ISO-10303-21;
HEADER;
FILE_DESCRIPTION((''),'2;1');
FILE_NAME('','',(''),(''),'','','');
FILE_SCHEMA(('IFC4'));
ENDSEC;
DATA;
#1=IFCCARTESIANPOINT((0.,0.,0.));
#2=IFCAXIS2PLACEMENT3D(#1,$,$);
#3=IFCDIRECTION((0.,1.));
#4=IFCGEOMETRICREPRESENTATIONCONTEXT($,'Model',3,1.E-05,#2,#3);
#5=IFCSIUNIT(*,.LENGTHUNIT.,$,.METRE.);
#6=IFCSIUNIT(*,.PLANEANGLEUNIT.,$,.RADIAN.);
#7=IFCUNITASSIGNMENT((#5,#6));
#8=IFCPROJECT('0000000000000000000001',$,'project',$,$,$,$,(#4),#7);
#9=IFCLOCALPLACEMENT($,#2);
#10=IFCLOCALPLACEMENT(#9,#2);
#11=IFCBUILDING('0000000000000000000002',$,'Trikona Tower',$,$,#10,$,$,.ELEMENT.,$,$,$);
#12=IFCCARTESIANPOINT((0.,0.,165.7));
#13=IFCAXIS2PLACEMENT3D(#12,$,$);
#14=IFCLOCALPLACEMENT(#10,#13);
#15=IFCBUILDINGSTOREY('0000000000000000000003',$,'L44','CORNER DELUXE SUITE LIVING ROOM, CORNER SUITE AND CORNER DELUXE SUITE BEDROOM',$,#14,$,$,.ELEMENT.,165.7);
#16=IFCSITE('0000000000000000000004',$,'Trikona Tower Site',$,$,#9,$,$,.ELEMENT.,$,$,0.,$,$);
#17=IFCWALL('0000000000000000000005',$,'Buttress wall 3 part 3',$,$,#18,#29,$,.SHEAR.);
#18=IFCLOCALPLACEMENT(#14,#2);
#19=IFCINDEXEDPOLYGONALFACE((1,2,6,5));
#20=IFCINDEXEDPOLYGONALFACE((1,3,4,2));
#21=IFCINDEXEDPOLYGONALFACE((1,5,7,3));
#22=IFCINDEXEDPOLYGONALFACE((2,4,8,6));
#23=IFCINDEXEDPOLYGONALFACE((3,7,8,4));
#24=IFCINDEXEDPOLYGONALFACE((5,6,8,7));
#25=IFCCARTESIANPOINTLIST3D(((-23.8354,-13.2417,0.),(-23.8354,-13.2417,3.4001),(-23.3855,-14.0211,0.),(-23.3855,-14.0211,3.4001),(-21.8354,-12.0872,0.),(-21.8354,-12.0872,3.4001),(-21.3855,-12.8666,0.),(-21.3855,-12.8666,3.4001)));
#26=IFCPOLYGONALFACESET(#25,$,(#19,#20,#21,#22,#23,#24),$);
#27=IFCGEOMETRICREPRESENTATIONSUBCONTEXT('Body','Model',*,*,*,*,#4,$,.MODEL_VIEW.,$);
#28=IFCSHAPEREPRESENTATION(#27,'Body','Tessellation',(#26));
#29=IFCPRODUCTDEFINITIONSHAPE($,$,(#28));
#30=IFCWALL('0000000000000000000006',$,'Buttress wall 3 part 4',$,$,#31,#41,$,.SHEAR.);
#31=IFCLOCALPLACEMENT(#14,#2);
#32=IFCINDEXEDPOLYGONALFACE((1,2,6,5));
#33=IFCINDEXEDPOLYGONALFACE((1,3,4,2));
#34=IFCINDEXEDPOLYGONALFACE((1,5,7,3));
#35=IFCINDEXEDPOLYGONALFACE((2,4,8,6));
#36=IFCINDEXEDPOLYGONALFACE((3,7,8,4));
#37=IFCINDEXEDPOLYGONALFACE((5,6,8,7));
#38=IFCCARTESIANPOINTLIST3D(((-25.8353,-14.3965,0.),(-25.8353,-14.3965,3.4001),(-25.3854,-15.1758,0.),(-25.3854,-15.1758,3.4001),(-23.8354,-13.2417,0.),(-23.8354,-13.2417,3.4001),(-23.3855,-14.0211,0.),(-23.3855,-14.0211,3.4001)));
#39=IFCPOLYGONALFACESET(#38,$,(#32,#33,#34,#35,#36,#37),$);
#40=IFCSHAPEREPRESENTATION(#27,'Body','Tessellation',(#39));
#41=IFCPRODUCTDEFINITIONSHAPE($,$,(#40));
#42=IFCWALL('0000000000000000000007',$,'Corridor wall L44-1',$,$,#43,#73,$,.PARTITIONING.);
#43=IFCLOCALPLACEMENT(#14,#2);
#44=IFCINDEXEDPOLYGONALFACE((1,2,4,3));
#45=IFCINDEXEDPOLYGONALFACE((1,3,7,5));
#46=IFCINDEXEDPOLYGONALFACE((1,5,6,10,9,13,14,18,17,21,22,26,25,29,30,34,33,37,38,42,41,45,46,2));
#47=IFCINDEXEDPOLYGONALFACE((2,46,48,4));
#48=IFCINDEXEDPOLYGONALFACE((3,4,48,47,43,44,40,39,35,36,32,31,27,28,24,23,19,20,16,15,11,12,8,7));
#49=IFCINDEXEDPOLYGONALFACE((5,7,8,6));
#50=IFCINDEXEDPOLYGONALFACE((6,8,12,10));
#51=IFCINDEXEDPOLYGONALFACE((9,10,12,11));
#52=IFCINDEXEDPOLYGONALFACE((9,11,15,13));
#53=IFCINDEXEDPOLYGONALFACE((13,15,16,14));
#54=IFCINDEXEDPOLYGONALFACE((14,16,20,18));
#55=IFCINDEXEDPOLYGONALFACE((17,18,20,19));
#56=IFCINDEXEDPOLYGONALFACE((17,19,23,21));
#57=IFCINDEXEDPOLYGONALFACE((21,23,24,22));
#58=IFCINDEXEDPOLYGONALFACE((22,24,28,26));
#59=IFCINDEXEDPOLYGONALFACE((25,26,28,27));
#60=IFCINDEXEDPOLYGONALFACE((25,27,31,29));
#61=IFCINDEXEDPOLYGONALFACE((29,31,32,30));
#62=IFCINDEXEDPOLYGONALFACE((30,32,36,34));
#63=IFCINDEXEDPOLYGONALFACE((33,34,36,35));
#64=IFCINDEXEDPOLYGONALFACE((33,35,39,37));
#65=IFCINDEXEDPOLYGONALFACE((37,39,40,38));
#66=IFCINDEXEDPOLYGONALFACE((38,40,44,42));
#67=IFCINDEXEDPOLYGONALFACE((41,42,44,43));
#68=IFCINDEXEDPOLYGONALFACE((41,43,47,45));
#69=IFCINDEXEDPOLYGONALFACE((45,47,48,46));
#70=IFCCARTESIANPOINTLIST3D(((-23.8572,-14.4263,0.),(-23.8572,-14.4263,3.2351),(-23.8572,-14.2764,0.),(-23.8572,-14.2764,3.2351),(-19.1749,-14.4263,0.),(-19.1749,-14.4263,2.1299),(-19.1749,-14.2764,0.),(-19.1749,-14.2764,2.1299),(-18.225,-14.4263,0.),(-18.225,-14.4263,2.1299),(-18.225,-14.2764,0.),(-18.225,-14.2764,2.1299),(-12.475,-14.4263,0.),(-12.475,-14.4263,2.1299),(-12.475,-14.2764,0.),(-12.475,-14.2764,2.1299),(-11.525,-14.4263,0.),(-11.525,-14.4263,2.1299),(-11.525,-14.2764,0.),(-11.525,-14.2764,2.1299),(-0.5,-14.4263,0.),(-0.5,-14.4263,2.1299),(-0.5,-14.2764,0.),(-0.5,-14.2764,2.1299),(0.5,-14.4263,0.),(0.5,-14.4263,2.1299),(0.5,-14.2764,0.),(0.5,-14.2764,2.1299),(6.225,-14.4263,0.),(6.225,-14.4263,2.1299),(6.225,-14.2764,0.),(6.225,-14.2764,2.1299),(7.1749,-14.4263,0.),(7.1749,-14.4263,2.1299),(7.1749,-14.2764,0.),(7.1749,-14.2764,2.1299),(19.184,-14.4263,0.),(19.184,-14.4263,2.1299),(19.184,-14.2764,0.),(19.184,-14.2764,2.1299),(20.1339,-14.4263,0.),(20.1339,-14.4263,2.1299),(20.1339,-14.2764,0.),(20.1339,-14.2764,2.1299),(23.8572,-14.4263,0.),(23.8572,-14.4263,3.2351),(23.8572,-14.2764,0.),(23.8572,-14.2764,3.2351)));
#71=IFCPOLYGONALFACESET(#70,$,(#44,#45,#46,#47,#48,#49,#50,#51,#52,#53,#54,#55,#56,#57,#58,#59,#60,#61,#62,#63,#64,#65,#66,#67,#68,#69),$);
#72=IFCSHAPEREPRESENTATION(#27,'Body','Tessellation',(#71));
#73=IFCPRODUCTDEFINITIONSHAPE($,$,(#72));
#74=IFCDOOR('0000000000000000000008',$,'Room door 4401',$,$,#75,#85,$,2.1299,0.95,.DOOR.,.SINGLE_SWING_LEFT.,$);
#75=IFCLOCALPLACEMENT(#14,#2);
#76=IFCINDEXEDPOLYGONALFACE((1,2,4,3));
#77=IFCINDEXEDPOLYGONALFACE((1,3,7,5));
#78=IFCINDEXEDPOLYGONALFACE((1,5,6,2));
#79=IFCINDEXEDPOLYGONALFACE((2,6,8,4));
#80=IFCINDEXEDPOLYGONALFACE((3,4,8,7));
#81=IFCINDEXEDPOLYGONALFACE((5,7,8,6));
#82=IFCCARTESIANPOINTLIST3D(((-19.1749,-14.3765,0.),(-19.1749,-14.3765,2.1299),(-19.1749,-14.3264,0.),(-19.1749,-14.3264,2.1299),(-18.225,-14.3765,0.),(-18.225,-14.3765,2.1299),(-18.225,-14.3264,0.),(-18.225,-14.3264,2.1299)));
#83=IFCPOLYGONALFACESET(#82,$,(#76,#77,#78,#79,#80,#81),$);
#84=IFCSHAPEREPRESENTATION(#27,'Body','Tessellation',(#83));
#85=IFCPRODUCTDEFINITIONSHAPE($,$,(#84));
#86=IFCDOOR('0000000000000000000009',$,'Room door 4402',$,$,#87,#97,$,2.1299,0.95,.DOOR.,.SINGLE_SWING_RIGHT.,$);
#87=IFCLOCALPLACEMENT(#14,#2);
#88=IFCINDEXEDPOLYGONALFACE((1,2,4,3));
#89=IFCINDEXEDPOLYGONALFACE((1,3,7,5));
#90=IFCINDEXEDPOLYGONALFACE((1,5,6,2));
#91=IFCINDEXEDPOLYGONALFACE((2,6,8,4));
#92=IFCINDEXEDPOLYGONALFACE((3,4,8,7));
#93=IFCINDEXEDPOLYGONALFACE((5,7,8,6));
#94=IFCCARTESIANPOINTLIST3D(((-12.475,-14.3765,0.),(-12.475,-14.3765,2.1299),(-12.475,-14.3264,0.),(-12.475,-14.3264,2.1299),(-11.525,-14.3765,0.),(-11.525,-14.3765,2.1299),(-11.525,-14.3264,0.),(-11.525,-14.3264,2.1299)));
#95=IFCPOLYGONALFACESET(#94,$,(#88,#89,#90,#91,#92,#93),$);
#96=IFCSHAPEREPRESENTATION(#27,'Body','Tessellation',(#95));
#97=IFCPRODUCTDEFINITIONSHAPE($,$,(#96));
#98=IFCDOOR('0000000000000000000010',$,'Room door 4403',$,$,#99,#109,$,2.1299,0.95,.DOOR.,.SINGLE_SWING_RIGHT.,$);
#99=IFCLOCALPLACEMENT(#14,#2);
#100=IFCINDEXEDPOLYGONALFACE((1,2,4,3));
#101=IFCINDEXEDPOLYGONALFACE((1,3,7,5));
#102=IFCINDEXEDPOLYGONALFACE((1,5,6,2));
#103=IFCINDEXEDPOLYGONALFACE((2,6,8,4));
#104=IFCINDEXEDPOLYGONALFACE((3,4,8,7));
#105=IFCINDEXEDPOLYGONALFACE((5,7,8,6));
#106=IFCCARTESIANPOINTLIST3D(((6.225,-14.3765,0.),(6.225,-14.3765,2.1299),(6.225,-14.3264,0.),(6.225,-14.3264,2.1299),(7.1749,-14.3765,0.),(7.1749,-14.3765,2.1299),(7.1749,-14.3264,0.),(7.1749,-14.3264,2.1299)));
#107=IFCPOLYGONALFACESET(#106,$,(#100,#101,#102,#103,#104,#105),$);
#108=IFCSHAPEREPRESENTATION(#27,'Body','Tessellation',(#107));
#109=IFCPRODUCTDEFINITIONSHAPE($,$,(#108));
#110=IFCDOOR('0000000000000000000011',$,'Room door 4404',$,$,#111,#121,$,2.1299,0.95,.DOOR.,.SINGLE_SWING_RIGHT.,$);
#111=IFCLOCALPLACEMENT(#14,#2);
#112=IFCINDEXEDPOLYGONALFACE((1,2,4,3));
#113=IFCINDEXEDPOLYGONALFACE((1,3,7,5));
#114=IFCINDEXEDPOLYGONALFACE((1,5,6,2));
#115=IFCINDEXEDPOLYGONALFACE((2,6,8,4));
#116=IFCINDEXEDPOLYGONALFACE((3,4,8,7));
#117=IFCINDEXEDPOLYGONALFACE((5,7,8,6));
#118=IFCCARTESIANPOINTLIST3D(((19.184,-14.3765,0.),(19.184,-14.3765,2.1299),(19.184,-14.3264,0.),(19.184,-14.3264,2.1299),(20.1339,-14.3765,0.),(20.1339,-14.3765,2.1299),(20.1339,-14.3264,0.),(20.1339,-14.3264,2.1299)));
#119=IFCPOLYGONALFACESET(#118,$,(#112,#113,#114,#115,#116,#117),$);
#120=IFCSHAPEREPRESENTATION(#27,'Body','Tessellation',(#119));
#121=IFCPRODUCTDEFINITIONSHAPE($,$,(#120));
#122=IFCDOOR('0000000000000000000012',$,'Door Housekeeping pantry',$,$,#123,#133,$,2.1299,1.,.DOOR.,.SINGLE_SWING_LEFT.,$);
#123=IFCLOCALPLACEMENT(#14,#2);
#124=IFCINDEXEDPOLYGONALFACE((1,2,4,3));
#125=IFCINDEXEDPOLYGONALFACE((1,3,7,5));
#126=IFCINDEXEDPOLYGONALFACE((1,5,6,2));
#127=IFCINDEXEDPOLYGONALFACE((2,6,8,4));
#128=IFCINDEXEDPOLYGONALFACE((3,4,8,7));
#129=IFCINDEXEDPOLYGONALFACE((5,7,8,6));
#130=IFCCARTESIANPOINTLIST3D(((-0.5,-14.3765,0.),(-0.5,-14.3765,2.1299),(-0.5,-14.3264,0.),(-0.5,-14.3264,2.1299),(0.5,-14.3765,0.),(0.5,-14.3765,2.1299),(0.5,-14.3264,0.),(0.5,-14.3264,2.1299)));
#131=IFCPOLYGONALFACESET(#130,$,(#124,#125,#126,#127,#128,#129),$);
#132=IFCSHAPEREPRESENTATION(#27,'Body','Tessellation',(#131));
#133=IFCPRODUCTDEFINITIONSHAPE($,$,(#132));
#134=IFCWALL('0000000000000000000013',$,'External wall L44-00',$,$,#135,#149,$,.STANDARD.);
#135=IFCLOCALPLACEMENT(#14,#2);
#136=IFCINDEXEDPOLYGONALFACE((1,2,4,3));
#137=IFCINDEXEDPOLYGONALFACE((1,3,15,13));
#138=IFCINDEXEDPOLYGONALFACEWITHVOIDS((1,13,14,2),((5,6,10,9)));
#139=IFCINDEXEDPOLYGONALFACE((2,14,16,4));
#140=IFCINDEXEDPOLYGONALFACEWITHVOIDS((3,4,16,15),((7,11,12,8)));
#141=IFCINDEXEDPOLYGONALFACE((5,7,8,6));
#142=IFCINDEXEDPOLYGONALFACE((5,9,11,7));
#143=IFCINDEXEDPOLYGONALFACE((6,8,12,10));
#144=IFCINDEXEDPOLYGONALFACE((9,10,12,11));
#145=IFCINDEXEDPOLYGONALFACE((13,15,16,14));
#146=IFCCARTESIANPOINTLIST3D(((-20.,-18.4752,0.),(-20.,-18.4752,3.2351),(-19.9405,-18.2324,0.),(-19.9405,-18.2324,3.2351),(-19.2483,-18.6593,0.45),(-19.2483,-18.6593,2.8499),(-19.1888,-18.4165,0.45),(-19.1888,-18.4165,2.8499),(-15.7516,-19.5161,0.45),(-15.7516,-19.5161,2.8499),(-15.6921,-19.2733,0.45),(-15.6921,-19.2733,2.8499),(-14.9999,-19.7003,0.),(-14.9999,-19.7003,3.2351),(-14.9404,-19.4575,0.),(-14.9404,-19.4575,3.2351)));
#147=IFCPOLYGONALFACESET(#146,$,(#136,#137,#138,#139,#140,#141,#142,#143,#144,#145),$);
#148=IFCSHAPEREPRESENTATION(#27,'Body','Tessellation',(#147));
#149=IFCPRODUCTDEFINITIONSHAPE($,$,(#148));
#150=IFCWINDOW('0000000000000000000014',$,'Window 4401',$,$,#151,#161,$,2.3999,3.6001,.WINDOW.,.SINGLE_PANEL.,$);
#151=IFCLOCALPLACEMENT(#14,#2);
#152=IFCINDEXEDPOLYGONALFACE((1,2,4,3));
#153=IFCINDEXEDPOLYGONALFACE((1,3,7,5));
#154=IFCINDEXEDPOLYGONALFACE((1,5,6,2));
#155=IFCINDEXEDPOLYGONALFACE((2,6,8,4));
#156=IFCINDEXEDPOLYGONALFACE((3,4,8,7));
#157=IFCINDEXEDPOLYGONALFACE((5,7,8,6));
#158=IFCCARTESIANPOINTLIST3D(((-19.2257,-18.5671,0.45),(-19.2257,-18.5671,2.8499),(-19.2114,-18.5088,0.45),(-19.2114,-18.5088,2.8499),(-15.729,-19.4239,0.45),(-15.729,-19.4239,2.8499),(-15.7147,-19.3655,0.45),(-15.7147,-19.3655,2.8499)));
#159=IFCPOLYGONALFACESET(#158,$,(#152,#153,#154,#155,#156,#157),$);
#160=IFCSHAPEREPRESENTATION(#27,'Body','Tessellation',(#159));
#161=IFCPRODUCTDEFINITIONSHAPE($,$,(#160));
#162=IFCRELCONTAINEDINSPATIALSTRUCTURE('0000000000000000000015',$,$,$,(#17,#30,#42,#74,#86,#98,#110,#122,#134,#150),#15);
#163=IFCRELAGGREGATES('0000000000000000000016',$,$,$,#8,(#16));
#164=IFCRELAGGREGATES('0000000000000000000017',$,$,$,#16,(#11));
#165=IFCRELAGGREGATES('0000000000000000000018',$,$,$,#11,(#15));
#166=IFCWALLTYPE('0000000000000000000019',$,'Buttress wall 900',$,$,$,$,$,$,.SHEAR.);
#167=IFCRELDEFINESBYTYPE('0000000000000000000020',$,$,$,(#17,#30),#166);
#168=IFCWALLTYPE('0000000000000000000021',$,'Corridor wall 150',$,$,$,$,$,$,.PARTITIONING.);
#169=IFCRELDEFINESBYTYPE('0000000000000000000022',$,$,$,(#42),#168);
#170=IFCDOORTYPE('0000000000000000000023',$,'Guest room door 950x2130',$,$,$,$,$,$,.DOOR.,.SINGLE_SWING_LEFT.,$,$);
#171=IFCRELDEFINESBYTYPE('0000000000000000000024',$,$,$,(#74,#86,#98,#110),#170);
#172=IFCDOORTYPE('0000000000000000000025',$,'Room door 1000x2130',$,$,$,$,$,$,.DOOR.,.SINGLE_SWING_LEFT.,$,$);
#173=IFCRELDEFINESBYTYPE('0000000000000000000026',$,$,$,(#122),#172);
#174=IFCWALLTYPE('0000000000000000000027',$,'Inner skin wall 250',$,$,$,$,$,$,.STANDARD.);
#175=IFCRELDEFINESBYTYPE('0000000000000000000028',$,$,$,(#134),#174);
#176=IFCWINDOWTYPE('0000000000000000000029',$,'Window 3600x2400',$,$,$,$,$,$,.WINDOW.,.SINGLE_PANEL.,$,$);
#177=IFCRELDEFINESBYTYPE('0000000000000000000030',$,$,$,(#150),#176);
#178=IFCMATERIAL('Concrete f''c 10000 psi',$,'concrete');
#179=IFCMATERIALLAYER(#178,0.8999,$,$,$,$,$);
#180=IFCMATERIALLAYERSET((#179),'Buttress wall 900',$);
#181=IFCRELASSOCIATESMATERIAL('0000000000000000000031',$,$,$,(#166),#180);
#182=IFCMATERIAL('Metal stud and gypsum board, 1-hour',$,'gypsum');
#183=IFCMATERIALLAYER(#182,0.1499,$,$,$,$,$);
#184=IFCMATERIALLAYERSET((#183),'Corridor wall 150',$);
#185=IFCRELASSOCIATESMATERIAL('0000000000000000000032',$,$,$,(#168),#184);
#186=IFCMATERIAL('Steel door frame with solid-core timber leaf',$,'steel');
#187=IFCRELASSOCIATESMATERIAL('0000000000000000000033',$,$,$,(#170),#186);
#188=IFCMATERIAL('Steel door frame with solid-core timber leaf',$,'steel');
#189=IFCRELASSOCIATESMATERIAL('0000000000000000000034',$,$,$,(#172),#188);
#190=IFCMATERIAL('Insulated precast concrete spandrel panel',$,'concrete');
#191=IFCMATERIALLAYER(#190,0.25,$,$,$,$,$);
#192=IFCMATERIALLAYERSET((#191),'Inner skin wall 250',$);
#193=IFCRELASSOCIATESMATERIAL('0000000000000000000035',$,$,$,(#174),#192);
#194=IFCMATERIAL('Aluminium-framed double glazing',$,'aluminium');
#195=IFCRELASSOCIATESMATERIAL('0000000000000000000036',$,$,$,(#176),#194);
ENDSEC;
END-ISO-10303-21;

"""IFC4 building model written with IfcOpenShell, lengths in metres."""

from ifc_helpers import new_model, si_unit, direction, frame, frame_2d, origin, place, context, subcontext, project, spatial, rectangle, extrude, material, layer, layer_set, type_object, element, fill, save


model = new_model("IFC4")

# Units and contexts
model_context = context("Model", 3, precision=1e-05, world=origin(), true_north=direction((0.0, 1.0)))
body_context = subcontext(model_context, "Body", "Model", "MODEL_VIEW")
ifc_project = project(units=[si_unit("LENGTHUNIT", "METRE"), si_unit("PLANEANGLEUNIT", "RADIAN")], contexts=[model_context])

# Site, building, storey
site_placement = place(None, origin())
site = spatial("IfcSite", under=ifc_project, at=site_placement, Name="Trikona Tower Site", CompositionType="ELEMENT", RefElevation=0.0)
building_placement = place(site_placement, origin())
building = spatial("IfcBuilding", under=site, at=building_placement, Name="Trikona Tower", CompositionType="ELEMENT")
storey_placement = place(building_placement, frame((0.0, 0.0, 165.7)))
storey = spatial("IfcBuildingStorey", under=building, at=storey_placement, Name="L44", Description="CORNER DELUXE SUITE LIVING ROOM, CORNER SUITE AND CORNER DELUXE SUITE BEDROOM", CompositionType="ELEMENT", Elevation=165.7)

# Walls
ifc_material_1 = material(Name="Concrete f'c 10000 psi", Category="concrete")
ifc_layer_1 = layer(ifc_material_1, 0.8999)
ifc_layer_set_1 = layer_set([ifc_layer_1], Name="Buttress wall 900")
wall_type_1 = type_object("IfcWallType", Name="Buttress wall 900", PredefinedType="SHEAR", material=ifc_layer_set_1)
for number, where, z_axis, x_axis, name in (
    (1, (-21.6104, -12.4768, 0.0), (0.0, 0.0, 1.0), (-0.866055, -0.499948, 0.0), "Buttress wall 3 part 3"),
    (2, (-23.6104, -13.6313, 0.0), (0.0, 0.0, 1.0), (-0.86601, -0.500027, 0.0), "Buttress wall 3 part 4"),
):
    element("IfcWall", number, at=place(storey_placement, frame(where, z_axis=z_axis, x_axis=x_axis)), inside=storey, type_object=wall_type_1, Name=name, PredefinedType="SHEAR", context=body_context, shape_type="SweptSolid", body=[
        extrude(rectangle(XDim=2.3093, YDim=0.8999, at=frame_2d((1.1548, 0.0))), origin(), (0.0, 0.0, 1.0), 3.4001),
    ])

# Wall, openings, doors
ifc_material_2 = material(Name="Metal stud and gypsum board, 1-hour", Category="gypsum")
ifc_layer_2 = layer(ifc_material_2, 0.1499)
ifc_layer_set_2 = layer_set([ifc_layer_2], Name="Corridor wall 150")
wall_type_2 = type_object("IfcWallType", Name="Corridor wall 150", PredefinedType="PARTITIONING", material=ifc_layer_set_2)
wall_1_placement = place(storey_placement, frame((-23.8572, -14.3513, 0.0), z_axis=(0.0, 0.0, 1.0), x_axis=(1.0, 0.0, 0.0)))
wall_1 = element("IfcWall", 3, at=wall_1_placement, inside=storey, type_object=wall_type_2, Name="Corridor wall L44-1", PredefinedType="PARTITIONING", context=body_context, shape_type="SweptSolid", body=[
    extrude(rectangle(XDim=47.7144, YDim=0.1499, at=frame_2d((23.8572, 0.0))), origin(), (0.0, 0.0, 1.0), 3.2351),
])
opening_1_placement = place(wall_1_placement, frame((4.6821, 0.0, 0.0)))
opening_1 = element("IfcOpeningElement", 4, at=opening_1_placement, cuts=wall_1, PredefinedType="OPENING", context=body_context, shape_type="SweptSolid", body=[
    extrude(rectangle(XDim=0.95, YDim=2.1299, at=frame_2d((0.4751, 1.0649))), frame((0.0, 0.085, 0.0), z_axis=(0.0, -1.0, 0.0), x_axis=(1.0, 0.0, 0.0)), (0.0, 0.0, 1.0), 0.1699),
])
opening_2_placement = place(wall_1_placement, frame((11.3821, 0.0, 0.0)))
opening_2 = element("IfcOpeningElement", 5, at=opening_2_placement, cuts=wall_1, PredefinedType="OPENING", context=body_context, shape_type="SweptSolid", body=[
    extrude(rectangle(XDim=0.95, YDim=2.1299, at=frame_2d((0.4751, 1.0649))), frame((0.0, 0.085, 0.0), z_axis=(0.0, -1.0, 0.0), x_axis=(1.0, 0.0, 0.0)), (0.0, 0.0, 1.0), 0.1699),
])
opening_3_placement = place(wall_1_placement, frame((23.3572, 0.0, 0.0)))
opening_3 = element("IfcOpeningElement", 6, at=opening_3_placement, cuts=wall_1, PredefinedType="OPENING", context=body_context, shape_type="SweptSolid", body=[
    extrude(rectangle(XDim=1.0, YDim=2.1299, at=frame_2d((0.5, 1.0649))), frame((0.0, 0.085, 0.0), z_axis=(0.0, -1.0, 0.0), x_axis=(1.0, 0.0, 0.0)), (0.0, 0.0, 1.0), 0.1699),
])
opening_4_placement = place(wall_1_placement, frame((30.082, 0.0, 0.0)))
opening_4 = element("IfcOpeningElement", 7, at=opening_4_placement, cuts=wall_1, PredefinedType="OPENING", context=body_context, shape_type="SweptSolid", body=[
    extrude(rectangle(XDim=0.95, YDim=2.1299, at=frame_2d((0.4751, 1.0649))), frame((0.0, 0.085, 0.0), z_axis=(0.0, -1.0, 0.0), x_axis=(1.0, 0.0, 0.0)), (0.0, 0.0, 1.0), 0.1699),
])
opening_5_placement = place(wall_1_placement, frame((43.041, 0.0, 0.0)))
opening_5 = element("IfcOpeningElement", 8, at=opening_5_placement, cuts=wall_1, PredefinedType="OPENING", context=body_context, shape_type="SweptSolid", body=[
    extrude(rectangle(XDim=0.95, YDim=2.1299, at=frame_2d((0.4751, 1.0649))), frame((0.0, 0.085, 0.0), z_axis=(0.0, -1.0, 0.0), x_axis=(1.0, 0.0, 0.0)), (0.0, 0.0, 1.0), 0.1699),
])
ifc_material_3 = material(Name="Steel door frame with solid-core timber leaf", Category="steel")
door_type_1 = type_object("IfcDoorType", Name="Guest room door 950x2130", OperationType="SINGLE_SWING_LEFT", PredefinedType="DOOR", material=ifc_material_3)
door_1_placement = place(opening_1_placement, origin())
door_1 = element("IfcDoor", 9, at=door_1_placement, inside=storey, type_object=door_type_1, Name="Room door 4401", OperationType="SINGLE_SWING_LEFT", OverallHeight=2.1299, OverallWidth=0.95, PredefinedType="DOOR", context=body_context, shape_type="SweptSolid", body=[
    extrude(rectangle(XDim=0.95, YDim=2.1299, at=frame_2d((0.4751, 1.0649))), frame((0.0, 0.0249, 0.0), z_axis=(0.0, -1.0, 0.0), x_axis=(1.0, 0.0, 0.0)), (0.0, 0.0, 1.0), 0.05),
])
fill(opening_1, door_1)
door_2_placement = place(opening_2_placement, origin())
door_2 = element("IfcDoor", 10, at=door_2_placement, inside=storey, type_object=door_type_1, Name="Room door 4402", OperationType="SINGLE_SWING_RIGHT", OverallHeight=2.1299, OverallWidth=0.95, PredefinedType="DOOR", context=body_context, shape_type="SweptSolid", body=[
    extrude(rectangle(XDim=0.95, YDim=2.1299, at=frame_2d((0.4751, 1.0649))), frame((0.0, 0.0249, 0.0), z_axis=(0.0, -1.0, 0.0), x_axis=(1.0, 0.0, 0.0)), (0.0, 0.0, 1.0), 0.05),
])
fill(opening_2, door_2)
door_3_placement = place(opening_4_placement, origin())
door_3 = element("IfcDoor", 11, at=door_3_placement, inside=storey, type_object=door_type_1, Name="Room door 4403", OperationType="SINGLE_SWING_RIGHT", OverallHeight=2.1299, OverallWidth=0.95, PredefinedType="DOOR", context=body_context, shape_type="SweptSolid", body=[
    extrude(rectangle(XDim=0.95, YDim=2.1299, at=frame_2d((0.4751, 1.0649))), frame((0.0, 0.0249, 0.0), z_axis=(0.0, -1.0, 0.0), x_axis=(1.0, 0.0, 0.0)), (0.0, 0.0, 1.0), 0.05),
])
fill(opening_4, door_3)
door_4_placement = place(opening_5_placement, origin())
door_4 = element("IfcDoor", 12, at=door_4_placement, inside=storey, type_object=door_type_1, Name="Room door 4404", OperationType="SINGLE_SWING_RIGHT", OverallHeight=2.1299, OverallWidth=0.95, PredefinedType="DOOR", context=body_context, shape_type="SweptSolid", body=[
    extrude(rectangle(XDim=0.95, YDim=2.1299, at=frame_2d((0.4751, 1.0649))), frame((0.0, 0.0249, 0.0), z_axis=(0.0, -1.0, 0.0), x_axis=(1.0, 0.0, 0.0)), (0.0, 0.0, 1.0), 0.05),
])
fill(opening_5, door_4)
ifc_material_4 = material(Name="Steel door frame with solid-core timber leaf", Category="steel")
door_type_2 = type_object("IfcDoorType", Name="Room door 1000x2130", OperationType="SINGLE_SWING_LEFT", PredefinedType="DOOR", material=ifc_material_4)
door_5_placement = place(opening_3_placement, origin())
door_5 = element("IfcDoor", 13, at=door_5_placement, inside=storey, type_object=door_type_2, Name="Door Housekeeping pantry", OperationType="SINGLE_SWING_LEFT", OverallHeight=2.1299, OverallWidth=1.0, PredefinedType="DOOR", context=body_context, shape_type="SweptSolid", body=[
    extrude(rectangle(XDim=1.0, YDim=2.1299, at=frame_2d((0.5, 1.0649))), frame((0.0, 0.0249, 0.0), z_axis=(0.0, -1.0, 0.0), x_axis=(1.0, 0.0, 0.0)), (0.0, 0.0, 1.0), 0.05),
])
fill(opening_3, door_5)

# Wall, opening, window
ifc_material_5 = material(Name="Insulated precast concrete spandrel panel", Category="concrete")
ifc_layer_3 = layer(ifc_material_5, 0.25)
ifc_layer_set_3 = layer_set([ifc_layer_3], Name="Inner skin wall 250")
wall_type_3 = type_object("IfcWallType", Name="Inner skin wall 250", PredefinedType="STANDARD", material=ifc_layer_set_3)
wall_2_placement = place(storey_placement, frame((-19.9702, -18.3538, 0.0), z_axis=(0.0, 0.0, 1.0), x_axis=(0.97127, -0.23798, 0.0)))
wall_2 = element("IfcWall", 14, at=wall_2_placement, inside=storey, type_object=wall_type_3, Name="External wall L44-00", PredefinedType="STANDARD", context=body_context, shape_type="SweptSolid", body=[
    extrude(rectangle(XDim=5.1479, YDim=0.25, at=frame_2d((2.574, 0.0))), origin(), (0.0, 0.0, 1.0), 3.2351),
])
opening_6_placement = place(wall_2_placement, frame((0.7739, 0.0, 0.45)))
opening_6 = element("IfcOpeningElement", 15, at=opening_6_placement, cuts=wall_2, PredefinedType="OPENING", context=body_context, shape_type="SweptSolid", body=[
    extrude(rectangle(XDim=3.6001, YDim=2.3999, at=frame_2d((1.8, 1.2))), frame((0.0, 0.135, 0.0), z_axis=(0.0, -1.0, 0.0), x_axis=(1.0, 0.0, 0.0)), (0.0, 0.0, 1.0), 0.27),
])
ifc_material_6 = material(Name="Aluminium-framed double glazing", Category="aluminium")
window_type_1 = type_object("IfcWindowType", Name="Window 3600x2400", PartitioningType="SINGLE_PANEL", PredefinedType="WINDOW", material=ifc_material_6)
window_1_placement = place(opening_6_placement, origin())
window_1 = element("IfcWindow", 16, at=window_1_placement, inside=storey, type_object=window_type_1, Name="Window 4401", OverallHeight=2.3999, OverallWidth=3.6001, PartitioningType="SINGLE_PANEL", PredefinedType="WINDOW", context=body_context, shape_type="SweptSolid", body=[
    extrude(rectangle(XDim=3.6001, YDim=2.3999, at=frame_2d((1.8, 1.2))), frame((0.0, 0.03, 0.0), z_axis=(0.0, -1.0, 0.0), x_axis=(1.0, 0.0, 0.0)), (0.0, 0.0, 1.0), 0.0601),
])
fill(opening_6, window_1)

save(model, "model.ifc")
